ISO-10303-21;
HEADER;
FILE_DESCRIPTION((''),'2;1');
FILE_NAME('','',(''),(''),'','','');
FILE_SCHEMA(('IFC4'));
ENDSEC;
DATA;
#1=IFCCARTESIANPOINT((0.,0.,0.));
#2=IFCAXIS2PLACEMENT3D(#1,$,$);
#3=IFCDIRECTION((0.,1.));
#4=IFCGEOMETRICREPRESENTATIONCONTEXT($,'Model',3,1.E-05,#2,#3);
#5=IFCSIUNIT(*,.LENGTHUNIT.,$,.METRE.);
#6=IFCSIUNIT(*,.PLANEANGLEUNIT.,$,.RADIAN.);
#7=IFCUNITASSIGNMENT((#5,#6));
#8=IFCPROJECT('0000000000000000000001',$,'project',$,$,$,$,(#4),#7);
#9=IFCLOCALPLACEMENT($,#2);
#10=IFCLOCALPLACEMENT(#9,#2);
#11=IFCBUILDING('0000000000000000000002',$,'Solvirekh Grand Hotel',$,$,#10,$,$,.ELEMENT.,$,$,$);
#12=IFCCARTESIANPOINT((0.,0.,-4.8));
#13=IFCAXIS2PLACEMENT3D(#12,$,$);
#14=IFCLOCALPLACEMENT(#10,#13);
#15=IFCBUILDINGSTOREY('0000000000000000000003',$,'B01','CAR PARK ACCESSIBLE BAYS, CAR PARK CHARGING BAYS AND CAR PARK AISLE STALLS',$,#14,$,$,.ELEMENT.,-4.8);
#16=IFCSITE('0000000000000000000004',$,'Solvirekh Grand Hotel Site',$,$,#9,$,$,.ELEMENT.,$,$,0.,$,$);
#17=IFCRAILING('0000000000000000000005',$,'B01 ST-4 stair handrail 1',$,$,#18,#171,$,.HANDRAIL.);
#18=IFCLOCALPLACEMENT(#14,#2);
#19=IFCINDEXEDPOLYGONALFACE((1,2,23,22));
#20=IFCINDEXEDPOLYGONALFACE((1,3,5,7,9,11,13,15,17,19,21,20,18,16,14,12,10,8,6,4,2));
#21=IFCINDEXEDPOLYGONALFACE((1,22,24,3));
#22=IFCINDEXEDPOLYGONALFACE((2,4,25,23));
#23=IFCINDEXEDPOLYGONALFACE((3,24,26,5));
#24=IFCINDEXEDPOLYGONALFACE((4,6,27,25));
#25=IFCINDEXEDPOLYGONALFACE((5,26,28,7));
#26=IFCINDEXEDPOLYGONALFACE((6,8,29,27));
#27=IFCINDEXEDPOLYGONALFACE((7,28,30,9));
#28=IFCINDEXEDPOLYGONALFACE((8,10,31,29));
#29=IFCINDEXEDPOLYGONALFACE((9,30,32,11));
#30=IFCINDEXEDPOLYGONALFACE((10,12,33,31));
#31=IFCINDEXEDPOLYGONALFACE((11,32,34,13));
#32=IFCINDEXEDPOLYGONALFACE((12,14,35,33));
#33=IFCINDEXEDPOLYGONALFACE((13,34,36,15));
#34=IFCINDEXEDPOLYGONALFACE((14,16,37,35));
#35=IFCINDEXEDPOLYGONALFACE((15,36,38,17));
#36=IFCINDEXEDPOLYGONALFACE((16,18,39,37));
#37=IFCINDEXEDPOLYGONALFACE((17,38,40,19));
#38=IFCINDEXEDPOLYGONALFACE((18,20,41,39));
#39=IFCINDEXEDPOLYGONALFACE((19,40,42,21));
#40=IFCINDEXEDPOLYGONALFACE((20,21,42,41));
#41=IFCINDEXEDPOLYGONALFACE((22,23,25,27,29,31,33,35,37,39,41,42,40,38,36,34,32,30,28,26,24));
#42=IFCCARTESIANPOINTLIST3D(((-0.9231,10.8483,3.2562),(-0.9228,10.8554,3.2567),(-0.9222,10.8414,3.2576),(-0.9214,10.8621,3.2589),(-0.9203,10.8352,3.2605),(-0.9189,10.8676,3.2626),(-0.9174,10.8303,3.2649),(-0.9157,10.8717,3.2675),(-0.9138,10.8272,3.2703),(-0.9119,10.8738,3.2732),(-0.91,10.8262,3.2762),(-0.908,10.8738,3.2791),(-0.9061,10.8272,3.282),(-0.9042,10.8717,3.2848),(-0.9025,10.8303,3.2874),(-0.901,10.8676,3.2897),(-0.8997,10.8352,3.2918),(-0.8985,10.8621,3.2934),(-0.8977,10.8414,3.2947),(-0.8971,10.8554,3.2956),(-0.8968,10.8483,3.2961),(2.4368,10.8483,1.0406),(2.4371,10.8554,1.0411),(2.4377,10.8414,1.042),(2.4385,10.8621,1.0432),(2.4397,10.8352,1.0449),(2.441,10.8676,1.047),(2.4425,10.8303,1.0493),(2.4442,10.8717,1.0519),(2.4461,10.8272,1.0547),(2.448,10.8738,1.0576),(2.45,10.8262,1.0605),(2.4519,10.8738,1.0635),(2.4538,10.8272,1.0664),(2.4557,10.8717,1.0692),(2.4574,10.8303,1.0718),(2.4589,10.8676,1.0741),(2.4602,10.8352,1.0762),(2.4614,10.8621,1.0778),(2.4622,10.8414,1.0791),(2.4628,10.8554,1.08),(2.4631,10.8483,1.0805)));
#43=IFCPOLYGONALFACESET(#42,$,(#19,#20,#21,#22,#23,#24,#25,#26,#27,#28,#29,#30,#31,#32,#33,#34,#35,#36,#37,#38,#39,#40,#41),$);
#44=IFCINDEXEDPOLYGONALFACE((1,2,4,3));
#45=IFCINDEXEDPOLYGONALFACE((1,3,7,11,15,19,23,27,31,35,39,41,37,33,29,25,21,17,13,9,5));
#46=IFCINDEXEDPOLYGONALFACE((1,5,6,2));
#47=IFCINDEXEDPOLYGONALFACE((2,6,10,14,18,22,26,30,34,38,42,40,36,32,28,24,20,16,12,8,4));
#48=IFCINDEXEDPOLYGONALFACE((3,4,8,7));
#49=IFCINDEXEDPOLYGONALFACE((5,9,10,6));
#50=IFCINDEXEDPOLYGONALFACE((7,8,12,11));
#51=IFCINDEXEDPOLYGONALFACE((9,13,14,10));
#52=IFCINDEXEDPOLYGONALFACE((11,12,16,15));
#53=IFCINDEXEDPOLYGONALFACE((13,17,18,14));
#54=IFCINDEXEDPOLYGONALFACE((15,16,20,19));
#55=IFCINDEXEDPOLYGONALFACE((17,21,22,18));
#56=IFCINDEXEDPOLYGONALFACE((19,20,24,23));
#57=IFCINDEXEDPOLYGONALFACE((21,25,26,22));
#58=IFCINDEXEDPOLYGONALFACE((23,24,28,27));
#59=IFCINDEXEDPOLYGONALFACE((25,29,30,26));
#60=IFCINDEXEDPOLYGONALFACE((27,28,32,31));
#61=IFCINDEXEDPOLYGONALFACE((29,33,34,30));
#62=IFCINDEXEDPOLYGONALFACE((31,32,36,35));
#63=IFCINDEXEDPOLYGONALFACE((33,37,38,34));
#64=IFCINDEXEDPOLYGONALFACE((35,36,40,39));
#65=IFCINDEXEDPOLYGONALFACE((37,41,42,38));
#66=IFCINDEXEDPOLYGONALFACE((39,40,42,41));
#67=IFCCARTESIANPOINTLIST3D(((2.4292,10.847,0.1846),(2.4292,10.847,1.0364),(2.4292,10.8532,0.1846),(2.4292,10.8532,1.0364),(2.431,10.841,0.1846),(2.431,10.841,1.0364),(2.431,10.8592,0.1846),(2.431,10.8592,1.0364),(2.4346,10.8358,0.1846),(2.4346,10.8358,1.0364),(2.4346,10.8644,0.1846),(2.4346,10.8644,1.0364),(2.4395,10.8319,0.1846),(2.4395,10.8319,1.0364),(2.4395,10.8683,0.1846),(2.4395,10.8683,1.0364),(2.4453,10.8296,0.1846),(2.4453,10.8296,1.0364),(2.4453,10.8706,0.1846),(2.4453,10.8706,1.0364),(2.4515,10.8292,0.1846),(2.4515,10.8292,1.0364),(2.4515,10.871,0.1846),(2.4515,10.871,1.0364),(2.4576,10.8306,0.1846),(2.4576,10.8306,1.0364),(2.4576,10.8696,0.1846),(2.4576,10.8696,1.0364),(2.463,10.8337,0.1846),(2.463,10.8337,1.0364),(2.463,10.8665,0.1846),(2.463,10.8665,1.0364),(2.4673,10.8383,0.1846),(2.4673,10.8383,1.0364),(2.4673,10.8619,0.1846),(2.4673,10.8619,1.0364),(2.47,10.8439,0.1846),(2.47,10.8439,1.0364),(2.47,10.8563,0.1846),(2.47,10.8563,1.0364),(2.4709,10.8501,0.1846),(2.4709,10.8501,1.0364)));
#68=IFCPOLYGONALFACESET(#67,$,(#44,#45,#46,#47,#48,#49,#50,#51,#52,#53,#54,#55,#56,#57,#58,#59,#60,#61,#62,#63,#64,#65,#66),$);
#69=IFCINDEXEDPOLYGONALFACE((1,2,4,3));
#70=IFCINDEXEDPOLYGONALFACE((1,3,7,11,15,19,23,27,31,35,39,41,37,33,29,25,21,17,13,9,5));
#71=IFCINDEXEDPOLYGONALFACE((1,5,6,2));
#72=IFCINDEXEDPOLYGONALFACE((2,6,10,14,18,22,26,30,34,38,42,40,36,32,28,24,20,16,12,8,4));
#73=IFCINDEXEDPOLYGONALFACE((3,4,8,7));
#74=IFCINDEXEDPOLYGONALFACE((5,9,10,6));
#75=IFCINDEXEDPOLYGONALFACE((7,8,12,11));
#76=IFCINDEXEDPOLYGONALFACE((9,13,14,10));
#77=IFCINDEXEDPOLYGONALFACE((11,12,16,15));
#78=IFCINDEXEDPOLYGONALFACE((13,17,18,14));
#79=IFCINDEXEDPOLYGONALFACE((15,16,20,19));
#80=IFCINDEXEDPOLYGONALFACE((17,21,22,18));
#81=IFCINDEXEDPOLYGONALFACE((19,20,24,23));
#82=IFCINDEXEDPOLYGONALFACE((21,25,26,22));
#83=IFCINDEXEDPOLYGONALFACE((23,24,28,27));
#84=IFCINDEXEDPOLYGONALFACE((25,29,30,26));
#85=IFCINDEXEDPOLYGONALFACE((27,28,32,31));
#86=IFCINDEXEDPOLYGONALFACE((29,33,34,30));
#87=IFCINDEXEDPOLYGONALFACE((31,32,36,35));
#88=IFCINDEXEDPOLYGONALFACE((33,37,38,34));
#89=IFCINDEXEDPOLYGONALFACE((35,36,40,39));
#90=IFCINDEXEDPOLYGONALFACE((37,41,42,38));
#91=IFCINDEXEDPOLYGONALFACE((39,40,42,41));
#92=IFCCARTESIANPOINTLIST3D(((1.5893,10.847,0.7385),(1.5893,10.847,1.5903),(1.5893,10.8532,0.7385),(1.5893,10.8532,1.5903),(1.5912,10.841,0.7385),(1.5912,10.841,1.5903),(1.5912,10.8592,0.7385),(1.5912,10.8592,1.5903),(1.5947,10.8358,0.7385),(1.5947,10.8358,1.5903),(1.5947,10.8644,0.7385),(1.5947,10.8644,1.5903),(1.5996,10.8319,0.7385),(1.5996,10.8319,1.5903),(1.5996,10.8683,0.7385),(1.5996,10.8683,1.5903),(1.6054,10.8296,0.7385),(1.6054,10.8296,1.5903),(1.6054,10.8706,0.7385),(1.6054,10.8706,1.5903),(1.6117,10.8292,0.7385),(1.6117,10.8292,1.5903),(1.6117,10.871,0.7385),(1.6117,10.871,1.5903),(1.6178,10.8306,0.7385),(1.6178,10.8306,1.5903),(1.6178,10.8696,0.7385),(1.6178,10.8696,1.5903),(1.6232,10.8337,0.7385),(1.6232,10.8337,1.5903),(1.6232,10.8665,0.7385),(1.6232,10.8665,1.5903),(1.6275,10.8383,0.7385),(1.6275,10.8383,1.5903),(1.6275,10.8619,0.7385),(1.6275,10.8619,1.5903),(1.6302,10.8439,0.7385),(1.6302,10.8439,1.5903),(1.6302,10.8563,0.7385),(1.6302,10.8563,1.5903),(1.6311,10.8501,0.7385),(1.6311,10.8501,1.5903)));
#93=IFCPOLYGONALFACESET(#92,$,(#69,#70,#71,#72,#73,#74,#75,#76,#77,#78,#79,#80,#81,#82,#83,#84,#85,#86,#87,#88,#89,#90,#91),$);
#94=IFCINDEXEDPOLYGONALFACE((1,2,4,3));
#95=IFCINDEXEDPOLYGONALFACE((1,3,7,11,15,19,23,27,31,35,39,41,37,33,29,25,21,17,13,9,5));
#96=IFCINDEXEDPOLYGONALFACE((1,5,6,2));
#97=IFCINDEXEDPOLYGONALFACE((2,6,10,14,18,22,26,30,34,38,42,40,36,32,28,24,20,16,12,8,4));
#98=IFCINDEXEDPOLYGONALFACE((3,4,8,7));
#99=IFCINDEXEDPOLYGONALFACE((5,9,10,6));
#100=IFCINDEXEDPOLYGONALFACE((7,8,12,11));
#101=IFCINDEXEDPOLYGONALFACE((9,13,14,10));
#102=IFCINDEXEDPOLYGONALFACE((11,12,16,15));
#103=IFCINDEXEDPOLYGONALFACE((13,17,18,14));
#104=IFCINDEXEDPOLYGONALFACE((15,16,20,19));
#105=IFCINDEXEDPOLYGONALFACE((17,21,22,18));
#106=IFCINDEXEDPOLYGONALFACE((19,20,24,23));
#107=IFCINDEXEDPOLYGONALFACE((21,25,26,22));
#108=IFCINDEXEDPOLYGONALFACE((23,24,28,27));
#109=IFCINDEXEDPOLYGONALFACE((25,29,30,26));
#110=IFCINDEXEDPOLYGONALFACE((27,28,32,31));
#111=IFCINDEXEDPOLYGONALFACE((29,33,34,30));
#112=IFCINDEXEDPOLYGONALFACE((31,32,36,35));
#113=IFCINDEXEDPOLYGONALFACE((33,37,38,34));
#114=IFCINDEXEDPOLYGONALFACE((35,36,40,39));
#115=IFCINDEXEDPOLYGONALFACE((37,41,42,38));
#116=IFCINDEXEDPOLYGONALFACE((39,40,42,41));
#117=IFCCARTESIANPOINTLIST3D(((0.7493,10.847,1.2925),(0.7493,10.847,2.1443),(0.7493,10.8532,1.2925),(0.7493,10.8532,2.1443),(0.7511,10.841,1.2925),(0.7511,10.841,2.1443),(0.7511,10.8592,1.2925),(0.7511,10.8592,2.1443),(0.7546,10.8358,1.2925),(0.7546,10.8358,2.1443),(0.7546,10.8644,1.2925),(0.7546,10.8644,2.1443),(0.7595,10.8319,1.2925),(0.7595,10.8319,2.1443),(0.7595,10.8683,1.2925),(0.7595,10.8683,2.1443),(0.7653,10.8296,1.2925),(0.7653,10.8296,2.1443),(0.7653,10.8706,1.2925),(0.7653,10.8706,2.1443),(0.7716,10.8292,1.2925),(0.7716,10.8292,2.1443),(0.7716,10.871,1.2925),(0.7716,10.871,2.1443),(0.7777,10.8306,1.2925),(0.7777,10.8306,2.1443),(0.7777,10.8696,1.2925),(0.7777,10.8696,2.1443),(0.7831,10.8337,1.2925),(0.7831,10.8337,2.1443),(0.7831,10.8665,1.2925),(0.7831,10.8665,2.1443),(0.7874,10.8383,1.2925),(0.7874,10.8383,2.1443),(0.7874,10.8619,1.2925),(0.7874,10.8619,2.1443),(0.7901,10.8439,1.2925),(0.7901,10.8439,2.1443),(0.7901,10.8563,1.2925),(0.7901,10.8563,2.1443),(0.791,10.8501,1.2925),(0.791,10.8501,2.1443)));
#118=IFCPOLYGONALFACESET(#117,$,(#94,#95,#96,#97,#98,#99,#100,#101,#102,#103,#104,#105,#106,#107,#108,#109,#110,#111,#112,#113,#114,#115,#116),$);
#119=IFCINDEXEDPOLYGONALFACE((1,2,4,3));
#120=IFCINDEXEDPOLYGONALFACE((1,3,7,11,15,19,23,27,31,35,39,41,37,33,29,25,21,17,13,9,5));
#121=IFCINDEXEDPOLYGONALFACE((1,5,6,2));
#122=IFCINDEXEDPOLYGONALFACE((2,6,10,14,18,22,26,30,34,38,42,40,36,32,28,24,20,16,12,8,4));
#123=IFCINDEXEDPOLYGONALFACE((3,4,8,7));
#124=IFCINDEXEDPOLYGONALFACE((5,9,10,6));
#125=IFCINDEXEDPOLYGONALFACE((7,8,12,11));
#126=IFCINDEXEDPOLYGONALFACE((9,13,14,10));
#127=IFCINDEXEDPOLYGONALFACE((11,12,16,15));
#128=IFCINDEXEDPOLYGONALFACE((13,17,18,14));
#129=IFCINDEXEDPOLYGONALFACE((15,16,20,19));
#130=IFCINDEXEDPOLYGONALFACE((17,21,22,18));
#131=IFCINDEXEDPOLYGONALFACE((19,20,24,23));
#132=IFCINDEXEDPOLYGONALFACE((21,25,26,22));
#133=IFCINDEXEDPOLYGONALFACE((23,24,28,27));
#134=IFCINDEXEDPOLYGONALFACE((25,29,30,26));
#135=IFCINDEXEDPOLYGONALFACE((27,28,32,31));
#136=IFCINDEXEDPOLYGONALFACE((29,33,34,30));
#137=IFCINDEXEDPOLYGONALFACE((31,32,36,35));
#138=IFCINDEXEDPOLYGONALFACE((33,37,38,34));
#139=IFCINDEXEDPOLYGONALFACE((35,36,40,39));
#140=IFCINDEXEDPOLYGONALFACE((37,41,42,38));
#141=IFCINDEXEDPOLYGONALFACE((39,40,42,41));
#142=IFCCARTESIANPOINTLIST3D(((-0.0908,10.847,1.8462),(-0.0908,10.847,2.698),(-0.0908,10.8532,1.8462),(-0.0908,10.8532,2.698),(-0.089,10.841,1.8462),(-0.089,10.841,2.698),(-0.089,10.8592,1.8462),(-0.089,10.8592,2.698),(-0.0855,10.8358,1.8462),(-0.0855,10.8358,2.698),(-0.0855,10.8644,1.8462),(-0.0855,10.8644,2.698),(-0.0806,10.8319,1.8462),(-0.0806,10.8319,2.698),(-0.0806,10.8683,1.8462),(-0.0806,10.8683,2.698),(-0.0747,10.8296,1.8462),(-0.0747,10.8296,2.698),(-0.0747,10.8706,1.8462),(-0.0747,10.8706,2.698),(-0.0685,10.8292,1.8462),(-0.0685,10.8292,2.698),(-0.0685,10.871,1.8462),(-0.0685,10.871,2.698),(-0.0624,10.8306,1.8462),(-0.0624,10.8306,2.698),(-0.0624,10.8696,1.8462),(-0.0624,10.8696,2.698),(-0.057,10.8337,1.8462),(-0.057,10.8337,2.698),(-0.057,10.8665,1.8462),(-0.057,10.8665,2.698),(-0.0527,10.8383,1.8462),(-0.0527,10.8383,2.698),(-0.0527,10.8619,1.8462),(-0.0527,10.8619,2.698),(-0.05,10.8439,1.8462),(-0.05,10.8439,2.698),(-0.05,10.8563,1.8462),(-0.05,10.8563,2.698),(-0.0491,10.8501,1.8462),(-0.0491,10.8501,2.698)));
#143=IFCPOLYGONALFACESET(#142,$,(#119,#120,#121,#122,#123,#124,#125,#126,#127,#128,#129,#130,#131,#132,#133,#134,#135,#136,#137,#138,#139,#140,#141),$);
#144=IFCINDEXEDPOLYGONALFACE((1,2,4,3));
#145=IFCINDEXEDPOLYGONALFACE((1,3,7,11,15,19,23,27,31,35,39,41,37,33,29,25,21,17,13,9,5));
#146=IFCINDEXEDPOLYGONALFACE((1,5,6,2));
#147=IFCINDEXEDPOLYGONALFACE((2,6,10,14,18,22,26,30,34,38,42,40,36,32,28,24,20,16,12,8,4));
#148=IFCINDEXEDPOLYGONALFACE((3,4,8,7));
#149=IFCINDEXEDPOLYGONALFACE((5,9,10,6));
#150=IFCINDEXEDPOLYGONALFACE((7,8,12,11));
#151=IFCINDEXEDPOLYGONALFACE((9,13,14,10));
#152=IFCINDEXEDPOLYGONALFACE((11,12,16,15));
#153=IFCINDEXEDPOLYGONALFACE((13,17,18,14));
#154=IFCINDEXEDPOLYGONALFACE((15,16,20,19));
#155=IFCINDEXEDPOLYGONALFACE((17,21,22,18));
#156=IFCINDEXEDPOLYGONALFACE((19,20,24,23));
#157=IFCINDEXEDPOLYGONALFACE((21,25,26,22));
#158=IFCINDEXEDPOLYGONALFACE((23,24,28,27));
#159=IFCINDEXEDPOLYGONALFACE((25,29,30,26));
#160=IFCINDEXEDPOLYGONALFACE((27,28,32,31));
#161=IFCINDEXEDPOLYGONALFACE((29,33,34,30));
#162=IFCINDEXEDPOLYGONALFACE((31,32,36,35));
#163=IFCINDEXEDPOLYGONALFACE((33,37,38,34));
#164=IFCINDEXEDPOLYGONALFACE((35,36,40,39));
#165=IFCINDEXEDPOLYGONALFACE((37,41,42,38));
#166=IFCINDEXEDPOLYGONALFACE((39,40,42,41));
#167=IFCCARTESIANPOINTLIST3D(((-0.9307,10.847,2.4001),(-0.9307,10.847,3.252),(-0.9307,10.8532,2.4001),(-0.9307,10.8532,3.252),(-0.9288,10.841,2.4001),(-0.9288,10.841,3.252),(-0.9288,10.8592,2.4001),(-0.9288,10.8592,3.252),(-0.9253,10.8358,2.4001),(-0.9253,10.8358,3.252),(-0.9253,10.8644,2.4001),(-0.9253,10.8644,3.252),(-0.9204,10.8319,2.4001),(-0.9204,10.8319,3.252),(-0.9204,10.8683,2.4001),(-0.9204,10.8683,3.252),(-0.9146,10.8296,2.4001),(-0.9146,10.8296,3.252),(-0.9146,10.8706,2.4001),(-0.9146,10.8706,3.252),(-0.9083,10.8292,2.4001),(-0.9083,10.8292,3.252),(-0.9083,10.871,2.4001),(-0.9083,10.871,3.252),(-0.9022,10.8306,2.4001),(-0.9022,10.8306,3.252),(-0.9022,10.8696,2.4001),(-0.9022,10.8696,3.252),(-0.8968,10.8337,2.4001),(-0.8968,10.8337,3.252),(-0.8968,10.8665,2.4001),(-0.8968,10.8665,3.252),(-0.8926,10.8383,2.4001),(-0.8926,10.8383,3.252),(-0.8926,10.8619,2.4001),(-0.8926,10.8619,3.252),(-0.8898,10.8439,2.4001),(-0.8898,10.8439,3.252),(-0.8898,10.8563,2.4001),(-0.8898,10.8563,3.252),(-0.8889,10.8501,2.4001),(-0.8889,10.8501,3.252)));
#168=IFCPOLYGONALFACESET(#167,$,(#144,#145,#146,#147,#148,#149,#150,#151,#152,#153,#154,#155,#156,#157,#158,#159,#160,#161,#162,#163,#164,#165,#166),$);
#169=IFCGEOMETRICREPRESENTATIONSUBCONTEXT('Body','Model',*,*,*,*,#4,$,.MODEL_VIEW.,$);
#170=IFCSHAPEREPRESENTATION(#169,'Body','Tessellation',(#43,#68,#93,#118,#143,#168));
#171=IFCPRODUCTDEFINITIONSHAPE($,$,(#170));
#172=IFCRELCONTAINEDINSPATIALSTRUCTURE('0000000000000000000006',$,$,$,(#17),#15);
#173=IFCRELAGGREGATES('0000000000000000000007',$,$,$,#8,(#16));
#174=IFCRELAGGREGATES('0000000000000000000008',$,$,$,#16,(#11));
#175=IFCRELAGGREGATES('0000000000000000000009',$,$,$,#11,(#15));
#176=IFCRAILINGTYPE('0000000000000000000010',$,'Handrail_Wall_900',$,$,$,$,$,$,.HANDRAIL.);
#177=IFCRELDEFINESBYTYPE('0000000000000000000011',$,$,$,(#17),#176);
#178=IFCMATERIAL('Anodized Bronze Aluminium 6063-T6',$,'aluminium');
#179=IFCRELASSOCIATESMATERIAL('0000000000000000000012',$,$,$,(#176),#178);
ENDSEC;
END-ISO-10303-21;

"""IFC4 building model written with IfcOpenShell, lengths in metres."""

from ifc_helpers import new_model, si_unit, direction, frame, origin, origin_2d, place, context, subcontext, project, spatial, circle, extrude, material, type_object, element, save


model = new_model("IFC4")

# Units and contexts
model_context = context("Model", 3, precision=1e-05, world=origin(), true_north=direction((0.0, 1.0)))
body_context = subcontext(model_context, "Body", "Model", "MODEL_VIEW")
ifc_project = project(units=[si_unit("LENGTHUNIT", "METRE"), si_unit("PLANEANGLEUNIT", "RADIAN")], contexts=[model_context])

# Site, building, storey
site_placement = place(None, origin())
site = spatial("IfcSite", under=ifc_project, at=site_placement, Name="Solvirekh Grand Hotel Site", CompositionType="ELEMENT", RefElevation=0.0)
building_placement = place(site_placement, origin())
building = spatial("IfcBuilding", under=site, at=building_placement, Name="Solvirekh Grand Hotel", CompositionType="ELEMENT")
storey_placement = place(building_placement, frame((0.0, 0.0, -4.8)))
storey = spatial("IfcBuildingStorey", under=building, at=storey_placement, Name="B01", Description="CAR PARK ACCESSIBLE BAYS, CAR PARK CHARGING BAYS AND CAR PARK AISLE STALLS", CompositionType="ELEMENT", Elevation=-4.8)

# Railing
ifc_material_1 = material(Name="Anodized Bronze Aluminium 6063-T6", Category="aluminium")
railing_type_1 = type_object("IfcRailingType", Name="Handrail_Wall_900", PredefinedType="HANDRAIL", material=ifc_material_1)
for number, where, name in (
    (1, (2.45, 10.8501, 0.1846), "B01 ST-4 stair handrail 1"),
):
    element("IfcRailing", number, at=place(storey_placement, frame(where)), inside=storey, type_object=railing_type_1, Name=name, PredefinedType="HANDRAIL", context=body_context, shape_type="SweptSolid", body=[
        extrude(circle(Radius=0.0239, at=origin_2d()), frame((0.0, 0.0, 0.876), z_axis=(-0.83483, 0.0, 0.550508), x_axis=(0.0, -1.0, 0.0)), (0.0, 0.0, 1.0), 4.0247),
        extrude(circle(Radius=0.021, at=origin_2d()), origin(), (0.0, 0.0, 1.0), 0.8518),
        extrude(circle(Radius=0.021, at=origin_2d()), frame((-0.8398, 0.0, 0.554)), (0.0, 0.0, 1.0), 0.8518),
        extrude(circle(Radius=0.021, at=origin_2d()), frame((-1.6799, 0.0, 1.1079)), (0.0, 0.0, 1.0), 0.8518),
        extrude(circle(Radius=0.021, at=origin_2d()), frame((-2.52, 0.0, 1.6616)), (0.0, 0.0, 1.0), 0.8518),
        extrude(circle(Radius=0.021, at=origin_2d()), frame((-3.3599, 0.0, 2.2156)), (0.0, 0.0, 1.0), 0.8518),
    ])

save(model, "model.ifc")
